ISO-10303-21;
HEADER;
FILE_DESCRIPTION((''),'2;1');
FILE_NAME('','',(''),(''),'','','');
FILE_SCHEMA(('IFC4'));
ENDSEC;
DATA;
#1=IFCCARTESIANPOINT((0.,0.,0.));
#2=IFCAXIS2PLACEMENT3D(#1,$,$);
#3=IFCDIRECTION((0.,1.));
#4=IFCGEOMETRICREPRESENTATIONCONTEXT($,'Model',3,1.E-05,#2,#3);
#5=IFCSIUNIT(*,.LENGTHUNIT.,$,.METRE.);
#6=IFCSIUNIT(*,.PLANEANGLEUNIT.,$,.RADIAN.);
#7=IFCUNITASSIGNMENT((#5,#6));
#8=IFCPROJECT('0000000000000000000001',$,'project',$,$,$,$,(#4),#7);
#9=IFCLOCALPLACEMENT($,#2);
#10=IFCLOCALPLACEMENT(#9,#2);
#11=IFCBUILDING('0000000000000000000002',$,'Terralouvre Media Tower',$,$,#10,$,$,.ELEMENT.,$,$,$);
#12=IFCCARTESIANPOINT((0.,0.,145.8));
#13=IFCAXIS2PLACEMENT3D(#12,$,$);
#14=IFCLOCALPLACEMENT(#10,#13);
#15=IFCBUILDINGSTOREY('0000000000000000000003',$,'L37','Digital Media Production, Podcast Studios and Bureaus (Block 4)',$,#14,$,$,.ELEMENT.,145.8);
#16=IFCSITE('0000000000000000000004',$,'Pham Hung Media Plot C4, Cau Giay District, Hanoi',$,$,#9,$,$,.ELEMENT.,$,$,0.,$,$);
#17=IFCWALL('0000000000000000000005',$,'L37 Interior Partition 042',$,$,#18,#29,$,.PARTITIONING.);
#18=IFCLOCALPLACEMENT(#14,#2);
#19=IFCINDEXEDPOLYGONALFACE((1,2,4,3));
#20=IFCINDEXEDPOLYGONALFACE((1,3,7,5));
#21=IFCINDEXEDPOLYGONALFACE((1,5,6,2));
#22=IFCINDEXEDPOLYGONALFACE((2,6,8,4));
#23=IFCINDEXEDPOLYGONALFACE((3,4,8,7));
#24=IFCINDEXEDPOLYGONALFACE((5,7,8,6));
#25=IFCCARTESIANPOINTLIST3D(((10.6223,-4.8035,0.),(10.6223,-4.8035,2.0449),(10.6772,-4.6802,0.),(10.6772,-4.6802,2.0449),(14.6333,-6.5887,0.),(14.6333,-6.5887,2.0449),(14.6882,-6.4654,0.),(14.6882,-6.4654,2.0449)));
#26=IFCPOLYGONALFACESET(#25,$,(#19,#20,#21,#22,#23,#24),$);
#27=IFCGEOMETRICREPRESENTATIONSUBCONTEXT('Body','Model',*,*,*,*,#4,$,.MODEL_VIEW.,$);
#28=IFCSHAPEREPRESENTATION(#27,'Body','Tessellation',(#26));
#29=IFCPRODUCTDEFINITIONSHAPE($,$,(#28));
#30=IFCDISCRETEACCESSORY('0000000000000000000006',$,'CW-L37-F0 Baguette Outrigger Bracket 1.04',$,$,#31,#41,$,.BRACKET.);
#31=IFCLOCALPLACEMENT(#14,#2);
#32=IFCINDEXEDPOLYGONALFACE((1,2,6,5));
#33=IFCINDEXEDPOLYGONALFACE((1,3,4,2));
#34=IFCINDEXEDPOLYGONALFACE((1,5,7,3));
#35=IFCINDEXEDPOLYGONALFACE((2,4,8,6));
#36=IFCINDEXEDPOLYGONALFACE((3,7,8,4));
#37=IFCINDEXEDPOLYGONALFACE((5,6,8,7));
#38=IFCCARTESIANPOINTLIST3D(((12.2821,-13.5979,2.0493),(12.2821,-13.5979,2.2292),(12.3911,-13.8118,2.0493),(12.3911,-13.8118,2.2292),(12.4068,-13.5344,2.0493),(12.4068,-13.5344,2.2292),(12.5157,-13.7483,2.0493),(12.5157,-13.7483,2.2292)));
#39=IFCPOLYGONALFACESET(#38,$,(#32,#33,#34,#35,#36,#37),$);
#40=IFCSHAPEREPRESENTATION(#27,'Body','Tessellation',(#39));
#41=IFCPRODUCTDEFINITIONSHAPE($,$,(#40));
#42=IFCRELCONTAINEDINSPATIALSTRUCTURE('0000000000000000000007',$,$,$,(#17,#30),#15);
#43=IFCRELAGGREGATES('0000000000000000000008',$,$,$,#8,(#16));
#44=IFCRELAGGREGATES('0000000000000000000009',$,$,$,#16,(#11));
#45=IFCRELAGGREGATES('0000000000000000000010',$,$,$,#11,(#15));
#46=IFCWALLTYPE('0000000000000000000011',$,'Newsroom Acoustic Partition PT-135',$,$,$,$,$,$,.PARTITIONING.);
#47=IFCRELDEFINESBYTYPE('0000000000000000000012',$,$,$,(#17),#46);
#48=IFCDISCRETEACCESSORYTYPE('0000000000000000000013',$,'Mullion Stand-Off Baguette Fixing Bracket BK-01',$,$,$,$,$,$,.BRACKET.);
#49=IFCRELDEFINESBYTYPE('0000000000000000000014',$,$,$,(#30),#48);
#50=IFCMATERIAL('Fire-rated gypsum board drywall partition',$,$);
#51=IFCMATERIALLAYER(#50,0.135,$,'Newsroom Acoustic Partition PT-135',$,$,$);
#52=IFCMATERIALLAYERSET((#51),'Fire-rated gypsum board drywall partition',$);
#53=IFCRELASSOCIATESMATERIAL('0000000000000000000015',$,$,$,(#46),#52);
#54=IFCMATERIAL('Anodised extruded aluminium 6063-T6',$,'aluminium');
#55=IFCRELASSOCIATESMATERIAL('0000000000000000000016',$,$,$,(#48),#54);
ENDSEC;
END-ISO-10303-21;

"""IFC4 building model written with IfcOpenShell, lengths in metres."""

from ifc_helpers import new_model, si_unit, direction, frame, frame_2d, origin, origin_2d, place, context, subcontext, project, spatial, rectangle, extrude, material, layer, layer_set, type_object, element, save


model = new_model("IFC4")

# Units and contexts
model_context = context("Model", 3, precision=1e-05, world=origin(), true_north=direction((0.0, 1.0)))
body_context = subcontext(model_context, "Body", "Model", "MODEL_VIEW")
ifc_project = project(units=[si_unit("LENGTHUNIT", "METRE"), si_unit("PLANEANGLEUNIT", "RADIAN")], contexts=[model_context])

# Site, building, storey
site_placement = place(None, origin())
site = spatial("IfcSite", under=ifc_project, at=site_placement, Name="Pham Hung Media Plot C4, Cau Giay District, Hanoi", CompositionType="ELEMENT", RefElevation=0.0)
building_placement = place(site_placement, origin())
building = spatial("IfcBuilding", under=site, at=building_placement, Name="Terralouvre Media Tower", CompositionType="ELEMENT")
storey_placement = place(building_placement, frame((0.0, 0.0, 145.8)))
storey = spatial("IfcBuildingStorey", under=building, at=storey_placement, Name="L37", Description="Digital Media Production, Podcast Studios and Bureaus (Block 4)", CompositionType="ELEMENT", Elevation=145.8)

# Shared definitions
ifc_material_1 = material(Name="Fire-rated gypsum board drywall partition")
ifc_layer_1 = layer(ifc_material_1, 0.135, Name="Newsroom Acoustic Partition PT-135")
ifc_layer_set_1 = layer_set([ifc_layer_1], Name="Fire-rated gypsum board drywall partition")
wall_type = type_object("IfcWallType", Name="Newsroom Acoustic Partition PT-135", PredefinedType="PARTITIONING", material=ifc_layer_set_1)

# Wall
wall_1_placement = place(storey_placement, frame((14.6609, -6.5271, 0.0), z_axis=(0.0, 0.0, 1.0), x_axis=(-0.9136, 0.406613, 0.0)))
element("IfcWall", 1, at=wall_1_placement, inside=storey, type_object=wall_type, Name="L37 Interior Partition 042", PredefinedType="PARTITIONING", context=body_context, shape_type="SweptSolid", body=[
    extrude(rectangle(XDim=4.3904, YDim=0.135, at=frame_2d((2.1953, 0.0))), origin(), (0.0, 0.0, 1.0), 2.0449),
])

# Discrete accessory
ifc_material_2 = material(Name="Anodised extruded aluminium 6063-T6", Category="aluminium")
discrete_accessory_type = type_object("IfcDiscreteAccessoryType", Name="Mullion Stand-Off Baguette Fixing Bracket BK-01", PredefinedType="BRACKET", material=ifc_material_2)
discrete_accessory_placement = place(storey_placement, frame((12.3989, -13.6731, 2.0493), z_axis=(0.0, 0.0, 1.0), x_axis=(0.891007, 0.453991, 0.0)))
element("IfcDiscreteAccessory", 2, at=discrete_accessory_placement, inside=storey, type_object=discrete_accessory_type, Name="CW-L37-F0 Baguette Outrigger Bracket 1.04", PredefinedType="BRACKET", context=body_context, shape_type="SweptSolid", body=[
    extrude(rectangle(XDim=0.1399, YDim=0.24, at=origin_2d()), origin(), (0.0, 0.0, 1.0), 0.1799),
])

save(model, "model.ifc")
